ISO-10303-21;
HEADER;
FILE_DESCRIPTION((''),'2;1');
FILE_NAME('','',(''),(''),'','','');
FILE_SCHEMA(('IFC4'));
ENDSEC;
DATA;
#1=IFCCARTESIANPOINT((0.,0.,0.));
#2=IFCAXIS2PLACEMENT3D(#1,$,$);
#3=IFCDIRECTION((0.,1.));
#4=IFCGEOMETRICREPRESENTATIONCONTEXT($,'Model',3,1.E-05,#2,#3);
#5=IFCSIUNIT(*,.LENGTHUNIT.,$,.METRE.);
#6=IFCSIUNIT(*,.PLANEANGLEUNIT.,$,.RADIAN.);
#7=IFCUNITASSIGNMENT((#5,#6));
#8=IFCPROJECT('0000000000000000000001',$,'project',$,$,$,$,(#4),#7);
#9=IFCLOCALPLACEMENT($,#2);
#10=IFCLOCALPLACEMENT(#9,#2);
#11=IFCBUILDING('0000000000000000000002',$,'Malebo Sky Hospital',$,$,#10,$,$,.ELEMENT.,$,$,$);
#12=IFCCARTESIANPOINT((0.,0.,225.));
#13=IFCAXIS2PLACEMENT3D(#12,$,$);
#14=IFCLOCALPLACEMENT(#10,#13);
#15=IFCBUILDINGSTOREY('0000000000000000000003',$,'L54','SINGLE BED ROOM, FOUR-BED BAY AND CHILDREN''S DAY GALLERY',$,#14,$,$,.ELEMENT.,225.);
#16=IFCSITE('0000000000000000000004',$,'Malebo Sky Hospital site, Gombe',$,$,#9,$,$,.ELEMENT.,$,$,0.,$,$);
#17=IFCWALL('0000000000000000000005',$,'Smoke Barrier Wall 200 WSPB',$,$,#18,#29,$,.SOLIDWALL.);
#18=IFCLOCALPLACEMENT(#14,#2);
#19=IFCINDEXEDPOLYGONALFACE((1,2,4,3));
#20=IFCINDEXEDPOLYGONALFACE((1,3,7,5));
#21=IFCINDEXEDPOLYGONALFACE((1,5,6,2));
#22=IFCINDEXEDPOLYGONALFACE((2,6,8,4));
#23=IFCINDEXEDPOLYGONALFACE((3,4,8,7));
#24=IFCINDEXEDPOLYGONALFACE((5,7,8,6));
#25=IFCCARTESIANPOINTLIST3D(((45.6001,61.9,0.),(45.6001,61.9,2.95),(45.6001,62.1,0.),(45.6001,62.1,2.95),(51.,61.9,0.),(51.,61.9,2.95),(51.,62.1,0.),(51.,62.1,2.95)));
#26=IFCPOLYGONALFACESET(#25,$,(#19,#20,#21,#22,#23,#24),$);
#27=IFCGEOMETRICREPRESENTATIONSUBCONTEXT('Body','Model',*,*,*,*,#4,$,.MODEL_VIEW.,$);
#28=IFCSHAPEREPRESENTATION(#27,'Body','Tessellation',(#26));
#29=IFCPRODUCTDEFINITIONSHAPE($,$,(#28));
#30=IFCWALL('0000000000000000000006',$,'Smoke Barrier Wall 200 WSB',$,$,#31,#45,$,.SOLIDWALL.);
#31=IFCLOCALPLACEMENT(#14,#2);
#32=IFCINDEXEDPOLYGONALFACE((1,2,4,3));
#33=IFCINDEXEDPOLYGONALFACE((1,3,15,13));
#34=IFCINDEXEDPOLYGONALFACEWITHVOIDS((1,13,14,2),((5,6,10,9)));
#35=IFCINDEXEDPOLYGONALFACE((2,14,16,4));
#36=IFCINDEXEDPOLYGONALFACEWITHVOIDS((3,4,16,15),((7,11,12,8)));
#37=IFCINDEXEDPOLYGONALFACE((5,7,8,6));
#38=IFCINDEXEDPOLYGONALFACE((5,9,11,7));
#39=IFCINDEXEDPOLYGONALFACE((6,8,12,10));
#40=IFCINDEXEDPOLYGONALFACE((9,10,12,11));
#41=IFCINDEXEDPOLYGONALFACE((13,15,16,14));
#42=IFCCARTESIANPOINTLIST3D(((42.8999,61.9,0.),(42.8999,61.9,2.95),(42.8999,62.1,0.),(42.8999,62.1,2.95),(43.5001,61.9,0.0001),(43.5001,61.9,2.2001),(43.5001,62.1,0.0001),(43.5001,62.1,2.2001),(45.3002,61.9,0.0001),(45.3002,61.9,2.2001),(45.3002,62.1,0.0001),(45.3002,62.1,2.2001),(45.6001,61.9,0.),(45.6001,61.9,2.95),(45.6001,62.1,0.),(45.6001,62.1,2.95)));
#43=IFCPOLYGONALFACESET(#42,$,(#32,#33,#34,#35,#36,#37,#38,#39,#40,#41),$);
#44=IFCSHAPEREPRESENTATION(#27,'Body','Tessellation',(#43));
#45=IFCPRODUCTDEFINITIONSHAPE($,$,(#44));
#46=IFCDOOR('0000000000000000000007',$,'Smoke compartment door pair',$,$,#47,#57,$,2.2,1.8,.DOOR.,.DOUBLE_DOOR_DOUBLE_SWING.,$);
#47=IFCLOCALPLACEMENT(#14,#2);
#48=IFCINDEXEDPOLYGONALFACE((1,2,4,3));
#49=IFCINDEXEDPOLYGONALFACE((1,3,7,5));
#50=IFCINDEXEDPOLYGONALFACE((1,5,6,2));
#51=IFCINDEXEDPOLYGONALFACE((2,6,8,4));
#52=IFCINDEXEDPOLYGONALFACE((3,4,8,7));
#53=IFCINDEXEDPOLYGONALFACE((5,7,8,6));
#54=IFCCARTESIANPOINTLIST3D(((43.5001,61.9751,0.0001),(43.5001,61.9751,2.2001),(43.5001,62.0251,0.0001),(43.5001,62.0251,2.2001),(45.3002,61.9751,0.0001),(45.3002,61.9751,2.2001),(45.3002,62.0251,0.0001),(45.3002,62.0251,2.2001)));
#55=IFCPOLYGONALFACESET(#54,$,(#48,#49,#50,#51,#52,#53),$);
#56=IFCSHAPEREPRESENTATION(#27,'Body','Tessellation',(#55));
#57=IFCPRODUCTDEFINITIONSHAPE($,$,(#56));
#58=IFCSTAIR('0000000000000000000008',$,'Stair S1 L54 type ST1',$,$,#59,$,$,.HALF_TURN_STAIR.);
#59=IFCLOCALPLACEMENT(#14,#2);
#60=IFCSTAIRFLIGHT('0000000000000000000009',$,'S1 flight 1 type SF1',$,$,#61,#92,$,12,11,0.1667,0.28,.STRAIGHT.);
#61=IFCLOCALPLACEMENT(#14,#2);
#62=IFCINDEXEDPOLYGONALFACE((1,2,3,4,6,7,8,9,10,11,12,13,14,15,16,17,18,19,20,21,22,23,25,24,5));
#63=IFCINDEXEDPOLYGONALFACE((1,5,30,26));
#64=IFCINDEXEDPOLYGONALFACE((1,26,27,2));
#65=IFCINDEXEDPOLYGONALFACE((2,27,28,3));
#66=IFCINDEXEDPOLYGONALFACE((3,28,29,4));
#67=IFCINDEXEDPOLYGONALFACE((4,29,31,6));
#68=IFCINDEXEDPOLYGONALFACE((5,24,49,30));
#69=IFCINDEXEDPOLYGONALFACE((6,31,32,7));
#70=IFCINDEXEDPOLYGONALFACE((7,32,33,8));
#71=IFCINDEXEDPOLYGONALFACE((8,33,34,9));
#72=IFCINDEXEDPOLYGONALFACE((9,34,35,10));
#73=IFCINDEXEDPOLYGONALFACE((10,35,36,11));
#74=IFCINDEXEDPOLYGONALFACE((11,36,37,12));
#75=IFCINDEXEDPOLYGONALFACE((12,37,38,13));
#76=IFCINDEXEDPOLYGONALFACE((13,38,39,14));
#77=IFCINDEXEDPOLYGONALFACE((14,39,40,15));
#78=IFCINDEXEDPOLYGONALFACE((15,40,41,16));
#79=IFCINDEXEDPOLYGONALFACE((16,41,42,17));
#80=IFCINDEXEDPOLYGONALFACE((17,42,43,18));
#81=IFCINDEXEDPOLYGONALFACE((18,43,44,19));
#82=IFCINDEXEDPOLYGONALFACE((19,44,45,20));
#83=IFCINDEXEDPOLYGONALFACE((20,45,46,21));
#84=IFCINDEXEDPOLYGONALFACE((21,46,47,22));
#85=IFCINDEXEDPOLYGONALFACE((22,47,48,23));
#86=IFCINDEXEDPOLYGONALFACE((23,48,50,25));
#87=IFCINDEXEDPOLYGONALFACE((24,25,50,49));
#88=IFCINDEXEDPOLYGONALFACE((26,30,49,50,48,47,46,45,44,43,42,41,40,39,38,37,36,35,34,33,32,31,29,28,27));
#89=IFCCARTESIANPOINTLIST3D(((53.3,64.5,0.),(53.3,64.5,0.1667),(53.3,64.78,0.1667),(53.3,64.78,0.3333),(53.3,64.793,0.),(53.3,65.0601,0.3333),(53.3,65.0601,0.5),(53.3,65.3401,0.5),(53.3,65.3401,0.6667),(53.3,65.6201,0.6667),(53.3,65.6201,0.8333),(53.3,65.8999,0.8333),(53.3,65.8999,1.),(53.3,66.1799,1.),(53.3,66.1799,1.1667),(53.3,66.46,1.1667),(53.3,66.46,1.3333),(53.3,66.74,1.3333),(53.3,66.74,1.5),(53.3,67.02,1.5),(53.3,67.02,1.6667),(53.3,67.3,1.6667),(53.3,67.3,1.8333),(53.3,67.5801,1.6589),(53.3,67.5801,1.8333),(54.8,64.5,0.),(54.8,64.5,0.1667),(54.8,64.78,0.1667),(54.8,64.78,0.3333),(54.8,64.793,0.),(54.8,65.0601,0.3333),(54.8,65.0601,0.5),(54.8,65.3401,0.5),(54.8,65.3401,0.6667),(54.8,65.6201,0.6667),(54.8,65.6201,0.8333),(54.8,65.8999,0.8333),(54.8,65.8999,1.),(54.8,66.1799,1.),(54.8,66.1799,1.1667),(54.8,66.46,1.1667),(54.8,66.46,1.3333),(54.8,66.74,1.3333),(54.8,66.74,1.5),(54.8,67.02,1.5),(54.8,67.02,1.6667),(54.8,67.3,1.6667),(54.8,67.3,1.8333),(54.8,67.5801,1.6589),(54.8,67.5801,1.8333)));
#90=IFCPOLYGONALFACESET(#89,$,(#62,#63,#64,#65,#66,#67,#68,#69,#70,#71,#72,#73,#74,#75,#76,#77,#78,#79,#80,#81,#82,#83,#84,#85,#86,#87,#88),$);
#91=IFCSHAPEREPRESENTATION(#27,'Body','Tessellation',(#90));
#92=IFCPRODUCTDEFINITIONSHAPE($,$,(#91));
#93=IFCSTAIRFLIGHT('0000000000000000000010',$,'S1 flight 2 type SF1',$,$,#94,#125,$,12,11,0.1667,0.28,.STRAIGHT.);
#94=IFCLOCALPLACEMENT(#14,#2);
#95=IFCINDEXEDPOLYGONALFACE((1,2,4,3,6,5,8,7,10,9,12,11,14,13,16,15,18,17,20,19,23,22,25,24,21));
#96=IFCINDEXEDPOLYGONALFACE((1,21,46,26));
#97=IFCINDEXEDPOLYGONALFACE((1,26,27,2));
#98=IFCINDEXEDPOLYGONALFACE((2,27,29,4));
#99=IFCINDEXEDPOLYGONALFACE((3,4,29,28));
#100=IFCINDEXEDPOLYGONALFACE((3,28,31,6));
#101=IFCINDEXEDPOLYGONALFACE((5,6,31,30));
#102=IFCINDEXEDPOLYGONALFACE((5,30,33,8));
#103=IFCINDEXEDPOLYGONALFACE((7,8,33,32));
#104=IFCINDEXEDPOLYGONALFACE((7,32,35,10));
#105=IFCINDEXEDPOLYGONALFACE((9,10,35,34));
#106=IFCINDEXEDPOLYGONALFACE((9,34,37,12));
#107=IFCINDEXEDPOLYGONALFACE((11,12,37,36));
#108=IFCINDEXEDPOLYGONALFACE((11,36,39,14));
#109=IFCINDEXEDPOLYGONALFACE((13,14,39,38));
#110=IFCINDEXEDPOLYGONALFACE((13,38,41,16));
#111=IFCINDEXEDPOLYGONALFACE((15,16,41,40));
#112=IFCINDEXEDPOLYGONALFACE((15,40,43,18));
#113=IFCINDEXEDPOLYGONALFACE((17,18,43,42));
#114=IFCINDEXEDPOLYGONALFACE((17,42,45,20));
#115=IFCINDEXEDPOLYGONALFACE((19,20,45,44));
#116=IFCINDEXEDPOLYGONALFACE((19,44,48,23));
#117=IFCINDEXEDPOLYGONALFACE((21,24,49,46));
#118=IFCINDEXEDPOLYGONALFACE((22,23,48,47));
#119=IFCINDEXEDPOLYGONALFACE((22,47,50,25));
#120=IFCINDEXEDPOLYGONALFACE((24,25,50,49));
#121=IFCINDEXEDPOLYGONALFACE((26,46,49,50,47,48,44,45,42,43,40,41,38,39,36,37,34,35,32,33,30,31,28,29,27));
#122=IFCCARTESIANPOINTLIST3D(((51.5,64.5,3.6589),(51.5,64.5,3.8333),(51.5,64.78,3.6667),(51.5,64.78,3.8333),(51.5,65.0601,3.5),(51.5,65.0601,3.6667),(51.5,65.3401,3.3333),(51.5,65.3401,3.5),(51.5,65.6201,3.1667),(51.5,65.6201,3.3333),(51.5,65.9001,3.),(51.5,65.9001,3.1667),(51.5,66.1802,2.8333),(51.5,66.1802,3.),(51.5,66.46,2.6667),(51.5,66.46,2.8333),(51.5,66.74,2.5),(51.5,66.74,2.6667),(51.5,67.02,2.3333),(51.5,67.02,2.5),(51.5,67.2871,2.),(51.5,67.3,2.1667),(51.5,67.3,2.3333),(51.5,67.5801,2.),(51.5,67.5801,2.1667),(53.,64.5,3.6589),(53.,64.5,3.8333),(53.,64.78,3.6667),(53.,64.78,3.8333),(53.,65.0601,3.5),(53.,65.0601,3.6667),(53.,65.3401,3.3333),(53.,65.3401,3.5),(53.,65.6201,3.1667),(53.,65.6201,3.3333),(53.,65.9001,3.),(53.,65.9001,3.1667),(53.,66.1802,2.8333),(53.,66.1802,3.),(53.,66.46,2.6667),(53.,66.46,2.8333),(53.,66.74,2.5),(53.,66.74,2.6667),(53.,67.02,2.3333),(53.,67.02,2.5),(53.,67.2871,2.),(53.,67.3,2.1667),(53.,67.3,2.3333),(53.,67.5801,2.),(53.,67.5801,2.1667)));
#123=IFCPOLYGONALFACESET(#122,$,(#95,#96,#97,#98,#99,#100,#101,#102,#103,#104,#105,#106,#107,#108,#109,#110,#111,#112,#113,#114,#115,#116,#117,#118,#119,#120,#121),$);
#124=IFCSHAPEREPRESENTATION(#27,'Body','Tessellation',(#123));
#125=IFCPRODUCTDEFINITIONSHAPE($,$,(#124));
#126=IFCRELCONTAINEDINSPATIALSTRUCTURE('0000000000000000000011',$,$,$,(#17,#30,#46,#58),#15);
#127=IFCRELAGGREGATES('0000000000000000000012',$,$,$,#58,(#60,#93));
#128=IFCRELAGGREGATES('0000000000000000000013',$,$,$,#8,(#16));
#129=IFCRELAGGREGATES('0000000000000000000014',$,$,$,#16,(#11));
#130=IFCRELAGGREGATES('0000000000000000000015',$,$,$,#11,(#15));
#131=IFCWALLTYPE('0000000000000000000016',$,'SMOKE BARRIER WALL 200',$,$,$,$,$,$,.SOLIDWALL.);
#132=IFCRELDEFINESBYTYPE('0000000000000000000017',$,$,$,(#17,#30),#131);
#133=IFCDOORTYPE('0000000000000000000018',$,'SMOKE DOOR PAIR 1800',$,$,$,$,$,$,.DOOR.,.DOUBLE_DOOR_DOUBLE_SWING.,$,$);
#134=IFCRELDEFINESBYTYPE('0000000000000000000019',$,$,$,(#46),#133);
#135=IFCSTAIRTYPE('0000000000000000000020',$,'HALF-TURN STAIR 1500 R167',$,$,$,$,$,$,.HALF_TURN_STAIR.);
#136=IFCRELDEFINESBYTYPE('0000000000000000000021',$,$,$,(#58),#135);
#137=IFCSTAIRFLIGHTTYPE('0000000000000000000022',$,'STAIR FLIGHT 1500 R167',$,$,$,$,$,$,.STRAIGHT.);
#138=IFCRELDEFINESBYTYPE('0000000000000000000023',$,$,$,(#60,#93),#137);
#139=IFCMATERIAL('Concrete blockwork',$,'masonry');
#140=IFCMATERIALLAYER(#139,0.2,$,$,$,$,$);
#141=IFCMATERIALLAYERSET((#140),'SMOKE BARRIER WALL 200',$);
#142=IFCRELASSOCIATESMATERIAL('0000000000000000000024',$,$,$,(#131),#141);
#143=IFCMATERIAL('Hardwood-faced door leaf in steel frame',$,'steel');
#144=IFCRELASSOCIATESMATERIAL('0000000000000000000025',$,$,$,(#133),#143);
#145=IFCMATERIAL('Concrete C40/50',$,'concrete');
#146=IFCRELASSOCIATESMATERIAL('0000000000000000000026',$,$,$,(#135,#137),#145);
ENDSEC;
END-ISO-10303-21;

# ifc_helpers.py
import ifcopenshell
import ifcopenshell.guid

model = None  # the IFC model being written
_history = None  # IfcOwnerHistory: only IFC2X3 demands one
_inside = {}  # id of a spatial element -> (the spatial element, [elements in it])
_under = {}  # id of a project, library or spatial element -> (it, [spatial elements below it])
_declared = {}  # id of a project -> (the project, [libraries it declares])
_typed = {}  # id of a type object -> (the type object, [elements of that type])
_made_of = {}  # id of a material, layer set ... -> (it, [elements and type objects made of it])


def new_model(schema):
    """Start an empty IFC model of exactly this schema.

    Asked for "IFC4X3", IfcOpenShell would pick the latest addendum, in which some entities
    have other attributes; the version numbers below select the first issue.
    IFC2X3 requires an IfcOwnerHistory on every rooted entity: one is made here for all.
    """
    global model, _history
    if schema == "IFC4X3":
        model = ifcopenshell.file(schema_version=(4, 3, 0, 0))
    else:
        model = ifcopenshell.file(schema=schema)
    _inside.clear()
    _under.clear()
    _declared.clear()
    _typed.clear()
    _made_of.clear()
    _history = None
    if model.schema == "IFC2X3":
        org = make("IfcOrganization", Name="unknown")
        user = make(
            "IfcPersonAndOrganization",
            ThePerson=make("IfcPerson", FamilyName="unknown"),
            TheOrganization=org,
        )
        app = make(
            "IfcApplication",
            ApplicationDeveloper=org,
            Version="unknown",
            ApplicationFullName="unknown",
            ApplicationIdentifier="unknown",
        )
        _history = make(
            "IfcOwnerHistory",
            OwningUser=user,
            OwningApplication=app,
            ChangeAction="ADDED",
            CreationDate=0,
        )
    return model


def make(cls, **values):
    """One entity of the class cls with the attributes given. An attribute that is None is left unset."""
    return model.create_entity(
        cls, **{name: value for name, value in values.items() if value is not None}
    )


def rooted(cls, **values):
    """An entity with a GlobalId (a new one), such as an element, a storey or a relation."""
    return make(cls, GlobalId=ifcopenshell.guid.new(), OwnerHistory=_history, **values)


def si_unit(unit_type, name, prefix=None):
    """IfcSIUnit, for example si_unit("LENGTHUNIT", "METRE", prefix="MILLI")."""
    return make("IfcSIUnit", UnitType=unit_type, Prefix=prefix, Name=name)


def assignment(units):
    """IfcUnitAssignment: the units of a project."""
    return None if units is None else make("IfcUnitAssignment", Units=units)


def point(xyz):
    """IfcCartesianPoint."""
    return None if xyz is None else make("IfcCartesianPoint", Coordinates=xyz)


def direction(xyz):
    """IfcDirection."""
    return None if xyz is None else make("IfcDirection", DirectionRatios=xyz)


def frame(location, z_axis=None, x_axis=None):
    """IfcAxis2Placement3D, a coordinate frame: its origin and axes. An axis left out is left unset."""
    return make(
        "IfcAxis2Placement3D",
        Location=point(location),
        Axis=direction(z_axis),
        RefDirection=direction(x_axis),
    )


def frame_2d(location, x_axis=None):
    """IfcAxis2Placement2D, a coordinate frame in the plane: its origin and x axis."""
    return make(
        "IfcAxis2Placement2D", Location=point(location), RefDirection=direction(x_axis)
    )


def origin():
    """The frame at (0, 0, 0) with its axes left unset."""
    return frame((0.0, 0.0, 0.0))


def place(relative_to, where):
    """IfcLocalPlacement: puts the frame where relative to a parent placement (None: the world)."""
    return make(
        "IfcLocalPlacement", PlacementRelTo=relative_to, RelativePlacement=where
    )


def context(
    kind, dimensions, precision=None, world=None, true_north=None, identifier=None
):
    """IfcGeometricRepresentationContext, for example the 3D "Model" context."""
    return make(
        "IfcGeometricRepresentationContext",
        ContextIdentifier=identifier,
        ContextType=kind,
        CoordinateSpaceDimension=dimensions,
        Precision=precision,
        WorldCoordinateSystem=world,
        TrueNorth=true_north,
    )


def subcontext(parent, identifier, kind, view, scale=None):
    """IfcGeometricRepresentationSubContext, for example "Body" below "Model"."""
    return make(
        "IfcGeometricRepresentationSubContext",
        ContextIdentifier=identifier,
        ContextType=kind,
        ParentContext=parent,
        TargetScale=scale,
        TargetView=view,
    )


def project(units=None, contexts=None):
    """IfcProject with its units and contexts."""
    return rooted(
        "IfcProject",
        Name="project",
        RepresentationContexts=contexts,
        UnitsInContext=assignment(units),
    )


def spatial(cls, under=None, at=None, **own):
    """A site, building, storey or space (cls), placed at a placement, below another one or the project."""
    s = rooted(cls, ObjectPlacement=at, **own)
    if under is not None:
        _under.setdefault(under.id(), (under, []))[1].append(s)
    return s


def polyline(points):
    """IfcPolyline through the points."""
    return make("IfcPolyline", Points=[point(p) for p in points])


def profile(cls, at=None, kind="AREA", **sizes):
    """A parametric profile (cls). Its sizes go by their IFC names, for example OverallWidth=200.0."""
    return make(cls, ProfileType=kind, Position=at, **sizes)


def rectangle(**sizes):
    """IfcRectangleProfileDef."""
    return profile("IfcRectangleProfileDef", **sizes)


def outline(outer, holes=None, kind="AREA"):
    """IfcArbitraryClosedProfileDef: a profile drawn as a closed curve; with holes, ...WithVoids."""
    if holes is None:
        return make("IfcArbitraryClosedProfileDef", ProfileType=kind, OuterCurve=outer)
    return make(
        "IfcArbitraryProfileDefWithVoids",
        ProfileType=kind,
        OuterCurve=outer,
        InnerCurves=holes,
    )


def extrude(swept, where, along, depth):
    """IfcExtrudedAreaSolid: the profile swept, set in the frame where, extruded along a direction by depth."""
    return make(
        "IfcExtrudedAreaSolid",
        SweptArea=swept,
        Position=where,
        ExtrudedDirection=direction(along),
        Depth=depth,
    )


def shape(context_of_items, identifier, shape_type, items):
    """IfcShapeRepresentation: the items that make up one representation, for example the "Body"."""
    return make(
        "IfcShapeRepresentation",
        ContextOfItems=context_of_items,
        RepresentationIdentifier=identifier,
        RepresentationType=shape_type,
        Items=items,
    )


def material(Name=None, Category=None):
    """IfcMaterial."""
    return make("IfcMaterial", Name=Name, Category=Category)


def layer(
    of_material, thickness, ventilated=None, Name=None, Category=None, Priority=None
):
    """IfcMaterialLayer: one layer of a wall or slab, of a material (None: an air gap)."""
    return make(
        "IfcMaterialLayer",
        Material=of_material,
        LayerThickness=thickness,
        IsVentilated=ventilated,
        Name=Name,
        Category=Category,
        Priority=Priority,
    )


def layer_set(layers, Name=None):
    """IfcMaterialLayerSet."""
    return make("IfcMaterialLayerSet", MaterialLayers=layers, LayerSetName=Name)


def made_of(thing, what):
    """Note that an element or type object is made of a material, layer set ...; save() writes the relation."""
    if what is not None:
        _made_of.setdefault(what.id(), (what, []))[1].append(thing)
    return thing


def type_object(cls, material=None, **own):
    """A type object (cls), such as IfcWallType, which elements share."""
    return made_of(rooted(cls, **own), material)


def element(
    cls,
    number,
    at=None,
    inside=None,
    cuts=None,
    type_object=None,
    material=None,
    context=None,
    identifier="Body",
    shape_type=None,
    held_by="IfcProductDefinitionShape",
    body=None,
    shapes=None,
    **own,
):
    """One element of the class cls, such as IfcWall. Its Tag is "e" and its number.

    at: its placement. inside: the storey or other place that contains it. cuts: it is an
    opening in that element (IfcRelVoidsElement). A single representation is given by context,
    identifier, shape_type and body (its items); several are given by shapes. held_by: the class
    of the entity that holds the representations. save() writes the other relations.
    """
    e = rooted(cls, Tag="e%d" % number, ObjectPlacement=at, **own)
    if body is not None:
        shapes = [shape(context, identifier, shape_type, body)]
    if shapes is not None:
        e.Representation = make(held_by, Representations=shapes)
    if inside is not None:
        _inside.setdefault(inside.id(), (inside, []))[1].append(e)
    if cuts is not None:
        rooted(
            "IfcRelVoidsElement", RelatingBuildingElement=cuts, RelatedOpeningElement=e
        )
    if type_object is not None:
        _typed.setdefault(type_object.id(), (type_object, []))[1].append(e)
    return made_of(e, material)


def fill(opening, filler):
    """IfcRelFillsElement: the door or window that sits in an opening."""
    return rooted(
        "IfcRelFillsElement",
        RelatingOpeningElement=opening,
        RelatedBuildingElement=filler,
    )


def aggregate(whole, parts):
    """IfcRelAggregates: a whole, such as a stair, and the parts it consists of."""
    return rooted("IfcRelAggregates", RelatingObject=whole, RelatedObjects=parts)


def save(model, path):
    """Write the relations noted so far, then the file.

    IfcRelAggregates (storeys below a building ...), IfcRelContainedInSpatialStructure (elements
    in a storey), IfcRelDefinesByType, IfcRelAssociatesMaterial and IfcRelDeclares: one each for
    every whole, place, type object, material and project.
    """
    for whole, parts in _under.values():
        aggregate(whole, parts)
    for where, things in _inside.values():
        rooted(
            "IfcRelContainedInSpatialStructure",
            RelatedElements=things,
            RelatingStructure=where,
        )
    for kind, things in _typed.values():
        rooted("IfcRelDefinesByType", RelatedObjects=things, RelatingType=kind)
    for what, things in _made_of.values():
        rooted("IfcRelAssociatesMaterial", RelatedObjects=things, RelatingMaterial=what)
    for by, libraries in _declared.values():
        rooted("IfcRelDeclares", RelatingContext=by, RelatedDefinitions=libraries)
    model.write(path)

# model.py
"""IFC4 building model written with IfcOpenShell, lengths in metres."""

from ifc_helpers import new_model, si_unit, direction, frame, frame_2d, origin, place, context, subcontext, project, spatial, polyline, rectangle, outline, extrude, material, layer, layer_set, type_object, element, fill, aggregate, save


model = new_model("IFC4")

# Units and contexts
model_context = context("Model", 3, precision=1e-05, world=origin(), true_north=direction((0.0, 1.0)))
body_context = subcontext(model_context, "Body", "Model", "MODEL_VIEW")
ifc_project = project(units=[si_unit("LENGTHUNIT", "METRE"), si_unit("PLANEANGLEUNIT", "RADIAN")], contexts=[model_context])

# Site, building, storey
site_placement = place(None, origin())
site = spatial("IfcSite", under=ifc_project, at=site_placement, Name="Malebo Sky Hospital site, Gombe", CompositionType="ELEMENT", RefElevation=0.0)
building_placement = place(site_placement, origin())
building = spatial("IfcBuilding", under=site, at=building_placement, Name="Malebo Sky Hospital", CompositionType="ELEMENT")
storey_placement = place(building_placement, frame((0.0, 0.0, 225.0)))
storey = spatial("IfcBuildingStorey", under=building, at=storey_placement, Name="L54", Description="SINGLE BED ROOM, FOUR-BED BAY AND CHILDREN'S DAY GALLERY", CompositionType="ELEMENT", Elevation=225.0)

# Shared definitions
ifc_material_1 = material(Name="Hardwood-faced door leaf in steel frame", Category="steel")

# Wall
ifc_material_2 = material(Name="Concrete blockwork", Category="masonry")
ifc_layer_1 = layer(ifc_material_2, 0.2)
ifc_layer_set_1 = layer_set([ifc_layer_1], Name="SMOKE BARRIER WALL 200")
wall_type_1 = type_object("IfcWallType", Name="SMOKE BARRIER WALL 200", PredefinedType="SOLIDWALL", material=ifc_layer_set_1)
wall_1_placement = place(storey_placement, frame((51.0, 62.0, 0.0), z_axis=(0.0, 0.0, 1.0), x_axis=(-1.0, 0.0, 0.0)))
element("IfcWall", 1, at=wall_1_placement, inside=storey, type_object=wall_type_1, Name="Smoke Barrier Wall 200 WSPB", PredefinedType="SOLIDWALL", context=body_context, shape_type="SweptSolid", body=[
    extrude(rectangle(XDim=5.3999, YDim=0.2, at=frame_2d((2.7, 0.0))), origin(), (0.0, 0.0, 1.0), 2.95),
])

# Wall, opening, door
wall_2_placement = place(storey_placement, frame((45.6001, 62.0, 0.0), z_axis=(0.0, 0.0, 1.0), x_axis=(-1.0, 0.0, 0.0)))
wall_2 = element("IfcWall", 2, at=wall_2_placement, inside=storey, type_object=wall_type_1, Name="Smoke Barrier Wall 200 WSB", PredefinedType="SOLIDWALL", context=body_context, shape_type="SweptSolid", body=[
    extrude(rectangle(XDim=2.7002, YDim=0.2, at=frame_2d((1.3501, 0.0))), origin(), (0.0, 0.0, 1.0), 2.95),
])
opening_1_placement = place(wall_2_placement, frame((0.3, 0.0, 0.0)))
opening_1 = element("IfcOpeningElement", 3, at=opening_1_placement, cuts=wall_2, PredefinedType="OPENING", context=body_context, shape_type="SweptSolid", body=[
    extrude(rectangle(XDim=1.8, YDim=2.2, at=frame_2d((0.8999, 1.1001))), frame((0.0, 0.1099, 0.0), z_axis=(0.0, -1.0, 0.0), x_axis=(1.0, 0.0, 0.0)), (0.0, 0.0, 1.0), 0.22),
])
door_type_1 = type_object("IfcDoorType", Name="SMOKE DOOR PAIR 1800", OperationType="DOUBLE_DOOR_DOUBLE_SWING", PredefinedType="DOOR", material=ifc_material_1)
door_1_placement = place(opening_1_placement, origin())
door_1 = element("IfcDoor", 4, at=door_1_placement, inside=storey, type_object=door_type_1, Name="Smoke compartment door pair", OperationType="DOUBLE_DOOR_DOUBLE_SWING", OverallHeight=2.2, OverallWidth=1.8, PredefinedType="DOOR", context=body_context, shape_type="SweptSolid", body=[
    extrude(rectangle(XDim=1.8, YDim=2.2, at=frame_2d((0.8999, 1.1001))), frame((0.0, 0.0249, 0.0), z_axis=(0.0, -1.0, 0.0), x_axis=(1.0, 0.0, 0.0)), (0.0, 0.0, 1.0), 0.05),
])
fill(opening_1, door_1)

# Stair, stair flights
ifc_material_3 = material(Name="Concrete C40/50", Category="concrete")
stair_type = type_object("IfcStairType", Name="HALF-TURN STAIR 1500 R167", PredefinedType="HALF_TURN_STAIR", material=ifc_material_3)
stair_placement = place(storey_placement, origin())
stair = element("IfcStair", 5, at=stair_placement, inside=storey, type_object=stair_type, Name="Stair S1 L54 type ST1", PredefinedType="HALF_TURN_STAIR")
stair_flight_type = type_object("IfcStairFlightType", Name="STAIR FLIGHT 1500 R167", PredefinedType="STRAIGHT", material=ifc_material_3)
stair_flight_1_placement = place(storey_placement, frame((54.05, 64.5, 0.0), z_axis=(0.0, 0.0, 1.0), x_axis=(0.0, 1.0, 0.0)))
stair_flight_1 = element("IfcStairFlight", 6, at=stair_flight_1_placement, type_object=stair_flight_type, Name="S1 flight 1 type SF1", NumberOfRisers=12, NumberOfTreads=11, PredefinedType="STRAIGHT", RiserHeight=0.1667, TreadLength=0.28, context=body_context, shape_type="SweptSolid", body=[
    extrude(outline(polyline([(0.0, 0.0), (0.0, 0.1667), (0.28, 0.1667), (0.28, 0.3333), (0.5601, 0.3333), (0.5601, 0.5), (0.8401, 0.5), (0.8401, 0.6667), (1.1201, 0.6667), (1.1201, 0.8333), (1.3999, 0.8333), (1.3999, 1.0), (1.6799, 1.0), (1.6799, 1.1667), (1.96, 1.1667), (1.96, 1.3333), (2.24, 1.3333), (2.24, 1.5), (2.52, 1.5), (2.52, 1.6667), (2.8, 1.6667), (2.8, 1.8333), (3.0801, 1.8333), (3.0801, 2.0), (3.0801, 1.6589), (0.293, 0.0), (0.0, 0.0)])), frame((0.0, 0.75, 0.0), z_axis=(0.0, -1.0, 0.0), x_axis=(1.0, 0.0, 0.0)), (0.0, 0.0, 1.0), 1.5),
])
stair_flight_2_placement = place(storey_placement, frame((52.25, 67.5801, 2.0), z_axis=(0.0, 0.0, 1.0), x_axis=(0.0, -1.0, 0.0)))
stair_flight_2 = element("IfcStairFlight", 7, at=stair_flight_2_placement, type_object=stair_flight_type, Name="S1 flight 2 type SF1", NumberOfRisers=12, NumberOfTreads=11, PredefinedType="STRAIGHT", RiserHeight=0.1667, TreadLength=0.28, context=body_context, shape_type="SweptSolid", body=[
    extrude(outline(polyline([(0.0, 0.0), (0.0, 0.1667), (0.28, 0.1667), (0.28, 0.3333), (0.5601, 0.3333), (0.5601, 0.5), (0.8401, 0.5), (0.8401, 0.6667), (1.1201, 0.6667), (1.1201, 0.8333), (1.3999, 0.8333), (1.3999, 1.0), (1.6799, 1.0), (1.6799, 1.1667), (1.96, 1.1667), (1.96, 1.3333), (2.24, 1.3333), (2.24, 1.5), (2.52, 1.5), (2.52, 1.6667), (2.8, 1.6667), (2.8, 1.8333), (3.0801, 1.8333), (3.0801, 2.0), (3.0801, 1.6589), (0.293, 0.0), (0.0, 0.0)])), frame((0.0, 0.75, 0.0), z_axis=(0.0, -1.0, 0.0), x_axis=(1.0, 0.0, 0.0)), (0.0, 0.0, 1.0), 1.5),
])
aggregate(stair, [stair_flight_1, stair_flight_2])

save(model, "model.ifc")
